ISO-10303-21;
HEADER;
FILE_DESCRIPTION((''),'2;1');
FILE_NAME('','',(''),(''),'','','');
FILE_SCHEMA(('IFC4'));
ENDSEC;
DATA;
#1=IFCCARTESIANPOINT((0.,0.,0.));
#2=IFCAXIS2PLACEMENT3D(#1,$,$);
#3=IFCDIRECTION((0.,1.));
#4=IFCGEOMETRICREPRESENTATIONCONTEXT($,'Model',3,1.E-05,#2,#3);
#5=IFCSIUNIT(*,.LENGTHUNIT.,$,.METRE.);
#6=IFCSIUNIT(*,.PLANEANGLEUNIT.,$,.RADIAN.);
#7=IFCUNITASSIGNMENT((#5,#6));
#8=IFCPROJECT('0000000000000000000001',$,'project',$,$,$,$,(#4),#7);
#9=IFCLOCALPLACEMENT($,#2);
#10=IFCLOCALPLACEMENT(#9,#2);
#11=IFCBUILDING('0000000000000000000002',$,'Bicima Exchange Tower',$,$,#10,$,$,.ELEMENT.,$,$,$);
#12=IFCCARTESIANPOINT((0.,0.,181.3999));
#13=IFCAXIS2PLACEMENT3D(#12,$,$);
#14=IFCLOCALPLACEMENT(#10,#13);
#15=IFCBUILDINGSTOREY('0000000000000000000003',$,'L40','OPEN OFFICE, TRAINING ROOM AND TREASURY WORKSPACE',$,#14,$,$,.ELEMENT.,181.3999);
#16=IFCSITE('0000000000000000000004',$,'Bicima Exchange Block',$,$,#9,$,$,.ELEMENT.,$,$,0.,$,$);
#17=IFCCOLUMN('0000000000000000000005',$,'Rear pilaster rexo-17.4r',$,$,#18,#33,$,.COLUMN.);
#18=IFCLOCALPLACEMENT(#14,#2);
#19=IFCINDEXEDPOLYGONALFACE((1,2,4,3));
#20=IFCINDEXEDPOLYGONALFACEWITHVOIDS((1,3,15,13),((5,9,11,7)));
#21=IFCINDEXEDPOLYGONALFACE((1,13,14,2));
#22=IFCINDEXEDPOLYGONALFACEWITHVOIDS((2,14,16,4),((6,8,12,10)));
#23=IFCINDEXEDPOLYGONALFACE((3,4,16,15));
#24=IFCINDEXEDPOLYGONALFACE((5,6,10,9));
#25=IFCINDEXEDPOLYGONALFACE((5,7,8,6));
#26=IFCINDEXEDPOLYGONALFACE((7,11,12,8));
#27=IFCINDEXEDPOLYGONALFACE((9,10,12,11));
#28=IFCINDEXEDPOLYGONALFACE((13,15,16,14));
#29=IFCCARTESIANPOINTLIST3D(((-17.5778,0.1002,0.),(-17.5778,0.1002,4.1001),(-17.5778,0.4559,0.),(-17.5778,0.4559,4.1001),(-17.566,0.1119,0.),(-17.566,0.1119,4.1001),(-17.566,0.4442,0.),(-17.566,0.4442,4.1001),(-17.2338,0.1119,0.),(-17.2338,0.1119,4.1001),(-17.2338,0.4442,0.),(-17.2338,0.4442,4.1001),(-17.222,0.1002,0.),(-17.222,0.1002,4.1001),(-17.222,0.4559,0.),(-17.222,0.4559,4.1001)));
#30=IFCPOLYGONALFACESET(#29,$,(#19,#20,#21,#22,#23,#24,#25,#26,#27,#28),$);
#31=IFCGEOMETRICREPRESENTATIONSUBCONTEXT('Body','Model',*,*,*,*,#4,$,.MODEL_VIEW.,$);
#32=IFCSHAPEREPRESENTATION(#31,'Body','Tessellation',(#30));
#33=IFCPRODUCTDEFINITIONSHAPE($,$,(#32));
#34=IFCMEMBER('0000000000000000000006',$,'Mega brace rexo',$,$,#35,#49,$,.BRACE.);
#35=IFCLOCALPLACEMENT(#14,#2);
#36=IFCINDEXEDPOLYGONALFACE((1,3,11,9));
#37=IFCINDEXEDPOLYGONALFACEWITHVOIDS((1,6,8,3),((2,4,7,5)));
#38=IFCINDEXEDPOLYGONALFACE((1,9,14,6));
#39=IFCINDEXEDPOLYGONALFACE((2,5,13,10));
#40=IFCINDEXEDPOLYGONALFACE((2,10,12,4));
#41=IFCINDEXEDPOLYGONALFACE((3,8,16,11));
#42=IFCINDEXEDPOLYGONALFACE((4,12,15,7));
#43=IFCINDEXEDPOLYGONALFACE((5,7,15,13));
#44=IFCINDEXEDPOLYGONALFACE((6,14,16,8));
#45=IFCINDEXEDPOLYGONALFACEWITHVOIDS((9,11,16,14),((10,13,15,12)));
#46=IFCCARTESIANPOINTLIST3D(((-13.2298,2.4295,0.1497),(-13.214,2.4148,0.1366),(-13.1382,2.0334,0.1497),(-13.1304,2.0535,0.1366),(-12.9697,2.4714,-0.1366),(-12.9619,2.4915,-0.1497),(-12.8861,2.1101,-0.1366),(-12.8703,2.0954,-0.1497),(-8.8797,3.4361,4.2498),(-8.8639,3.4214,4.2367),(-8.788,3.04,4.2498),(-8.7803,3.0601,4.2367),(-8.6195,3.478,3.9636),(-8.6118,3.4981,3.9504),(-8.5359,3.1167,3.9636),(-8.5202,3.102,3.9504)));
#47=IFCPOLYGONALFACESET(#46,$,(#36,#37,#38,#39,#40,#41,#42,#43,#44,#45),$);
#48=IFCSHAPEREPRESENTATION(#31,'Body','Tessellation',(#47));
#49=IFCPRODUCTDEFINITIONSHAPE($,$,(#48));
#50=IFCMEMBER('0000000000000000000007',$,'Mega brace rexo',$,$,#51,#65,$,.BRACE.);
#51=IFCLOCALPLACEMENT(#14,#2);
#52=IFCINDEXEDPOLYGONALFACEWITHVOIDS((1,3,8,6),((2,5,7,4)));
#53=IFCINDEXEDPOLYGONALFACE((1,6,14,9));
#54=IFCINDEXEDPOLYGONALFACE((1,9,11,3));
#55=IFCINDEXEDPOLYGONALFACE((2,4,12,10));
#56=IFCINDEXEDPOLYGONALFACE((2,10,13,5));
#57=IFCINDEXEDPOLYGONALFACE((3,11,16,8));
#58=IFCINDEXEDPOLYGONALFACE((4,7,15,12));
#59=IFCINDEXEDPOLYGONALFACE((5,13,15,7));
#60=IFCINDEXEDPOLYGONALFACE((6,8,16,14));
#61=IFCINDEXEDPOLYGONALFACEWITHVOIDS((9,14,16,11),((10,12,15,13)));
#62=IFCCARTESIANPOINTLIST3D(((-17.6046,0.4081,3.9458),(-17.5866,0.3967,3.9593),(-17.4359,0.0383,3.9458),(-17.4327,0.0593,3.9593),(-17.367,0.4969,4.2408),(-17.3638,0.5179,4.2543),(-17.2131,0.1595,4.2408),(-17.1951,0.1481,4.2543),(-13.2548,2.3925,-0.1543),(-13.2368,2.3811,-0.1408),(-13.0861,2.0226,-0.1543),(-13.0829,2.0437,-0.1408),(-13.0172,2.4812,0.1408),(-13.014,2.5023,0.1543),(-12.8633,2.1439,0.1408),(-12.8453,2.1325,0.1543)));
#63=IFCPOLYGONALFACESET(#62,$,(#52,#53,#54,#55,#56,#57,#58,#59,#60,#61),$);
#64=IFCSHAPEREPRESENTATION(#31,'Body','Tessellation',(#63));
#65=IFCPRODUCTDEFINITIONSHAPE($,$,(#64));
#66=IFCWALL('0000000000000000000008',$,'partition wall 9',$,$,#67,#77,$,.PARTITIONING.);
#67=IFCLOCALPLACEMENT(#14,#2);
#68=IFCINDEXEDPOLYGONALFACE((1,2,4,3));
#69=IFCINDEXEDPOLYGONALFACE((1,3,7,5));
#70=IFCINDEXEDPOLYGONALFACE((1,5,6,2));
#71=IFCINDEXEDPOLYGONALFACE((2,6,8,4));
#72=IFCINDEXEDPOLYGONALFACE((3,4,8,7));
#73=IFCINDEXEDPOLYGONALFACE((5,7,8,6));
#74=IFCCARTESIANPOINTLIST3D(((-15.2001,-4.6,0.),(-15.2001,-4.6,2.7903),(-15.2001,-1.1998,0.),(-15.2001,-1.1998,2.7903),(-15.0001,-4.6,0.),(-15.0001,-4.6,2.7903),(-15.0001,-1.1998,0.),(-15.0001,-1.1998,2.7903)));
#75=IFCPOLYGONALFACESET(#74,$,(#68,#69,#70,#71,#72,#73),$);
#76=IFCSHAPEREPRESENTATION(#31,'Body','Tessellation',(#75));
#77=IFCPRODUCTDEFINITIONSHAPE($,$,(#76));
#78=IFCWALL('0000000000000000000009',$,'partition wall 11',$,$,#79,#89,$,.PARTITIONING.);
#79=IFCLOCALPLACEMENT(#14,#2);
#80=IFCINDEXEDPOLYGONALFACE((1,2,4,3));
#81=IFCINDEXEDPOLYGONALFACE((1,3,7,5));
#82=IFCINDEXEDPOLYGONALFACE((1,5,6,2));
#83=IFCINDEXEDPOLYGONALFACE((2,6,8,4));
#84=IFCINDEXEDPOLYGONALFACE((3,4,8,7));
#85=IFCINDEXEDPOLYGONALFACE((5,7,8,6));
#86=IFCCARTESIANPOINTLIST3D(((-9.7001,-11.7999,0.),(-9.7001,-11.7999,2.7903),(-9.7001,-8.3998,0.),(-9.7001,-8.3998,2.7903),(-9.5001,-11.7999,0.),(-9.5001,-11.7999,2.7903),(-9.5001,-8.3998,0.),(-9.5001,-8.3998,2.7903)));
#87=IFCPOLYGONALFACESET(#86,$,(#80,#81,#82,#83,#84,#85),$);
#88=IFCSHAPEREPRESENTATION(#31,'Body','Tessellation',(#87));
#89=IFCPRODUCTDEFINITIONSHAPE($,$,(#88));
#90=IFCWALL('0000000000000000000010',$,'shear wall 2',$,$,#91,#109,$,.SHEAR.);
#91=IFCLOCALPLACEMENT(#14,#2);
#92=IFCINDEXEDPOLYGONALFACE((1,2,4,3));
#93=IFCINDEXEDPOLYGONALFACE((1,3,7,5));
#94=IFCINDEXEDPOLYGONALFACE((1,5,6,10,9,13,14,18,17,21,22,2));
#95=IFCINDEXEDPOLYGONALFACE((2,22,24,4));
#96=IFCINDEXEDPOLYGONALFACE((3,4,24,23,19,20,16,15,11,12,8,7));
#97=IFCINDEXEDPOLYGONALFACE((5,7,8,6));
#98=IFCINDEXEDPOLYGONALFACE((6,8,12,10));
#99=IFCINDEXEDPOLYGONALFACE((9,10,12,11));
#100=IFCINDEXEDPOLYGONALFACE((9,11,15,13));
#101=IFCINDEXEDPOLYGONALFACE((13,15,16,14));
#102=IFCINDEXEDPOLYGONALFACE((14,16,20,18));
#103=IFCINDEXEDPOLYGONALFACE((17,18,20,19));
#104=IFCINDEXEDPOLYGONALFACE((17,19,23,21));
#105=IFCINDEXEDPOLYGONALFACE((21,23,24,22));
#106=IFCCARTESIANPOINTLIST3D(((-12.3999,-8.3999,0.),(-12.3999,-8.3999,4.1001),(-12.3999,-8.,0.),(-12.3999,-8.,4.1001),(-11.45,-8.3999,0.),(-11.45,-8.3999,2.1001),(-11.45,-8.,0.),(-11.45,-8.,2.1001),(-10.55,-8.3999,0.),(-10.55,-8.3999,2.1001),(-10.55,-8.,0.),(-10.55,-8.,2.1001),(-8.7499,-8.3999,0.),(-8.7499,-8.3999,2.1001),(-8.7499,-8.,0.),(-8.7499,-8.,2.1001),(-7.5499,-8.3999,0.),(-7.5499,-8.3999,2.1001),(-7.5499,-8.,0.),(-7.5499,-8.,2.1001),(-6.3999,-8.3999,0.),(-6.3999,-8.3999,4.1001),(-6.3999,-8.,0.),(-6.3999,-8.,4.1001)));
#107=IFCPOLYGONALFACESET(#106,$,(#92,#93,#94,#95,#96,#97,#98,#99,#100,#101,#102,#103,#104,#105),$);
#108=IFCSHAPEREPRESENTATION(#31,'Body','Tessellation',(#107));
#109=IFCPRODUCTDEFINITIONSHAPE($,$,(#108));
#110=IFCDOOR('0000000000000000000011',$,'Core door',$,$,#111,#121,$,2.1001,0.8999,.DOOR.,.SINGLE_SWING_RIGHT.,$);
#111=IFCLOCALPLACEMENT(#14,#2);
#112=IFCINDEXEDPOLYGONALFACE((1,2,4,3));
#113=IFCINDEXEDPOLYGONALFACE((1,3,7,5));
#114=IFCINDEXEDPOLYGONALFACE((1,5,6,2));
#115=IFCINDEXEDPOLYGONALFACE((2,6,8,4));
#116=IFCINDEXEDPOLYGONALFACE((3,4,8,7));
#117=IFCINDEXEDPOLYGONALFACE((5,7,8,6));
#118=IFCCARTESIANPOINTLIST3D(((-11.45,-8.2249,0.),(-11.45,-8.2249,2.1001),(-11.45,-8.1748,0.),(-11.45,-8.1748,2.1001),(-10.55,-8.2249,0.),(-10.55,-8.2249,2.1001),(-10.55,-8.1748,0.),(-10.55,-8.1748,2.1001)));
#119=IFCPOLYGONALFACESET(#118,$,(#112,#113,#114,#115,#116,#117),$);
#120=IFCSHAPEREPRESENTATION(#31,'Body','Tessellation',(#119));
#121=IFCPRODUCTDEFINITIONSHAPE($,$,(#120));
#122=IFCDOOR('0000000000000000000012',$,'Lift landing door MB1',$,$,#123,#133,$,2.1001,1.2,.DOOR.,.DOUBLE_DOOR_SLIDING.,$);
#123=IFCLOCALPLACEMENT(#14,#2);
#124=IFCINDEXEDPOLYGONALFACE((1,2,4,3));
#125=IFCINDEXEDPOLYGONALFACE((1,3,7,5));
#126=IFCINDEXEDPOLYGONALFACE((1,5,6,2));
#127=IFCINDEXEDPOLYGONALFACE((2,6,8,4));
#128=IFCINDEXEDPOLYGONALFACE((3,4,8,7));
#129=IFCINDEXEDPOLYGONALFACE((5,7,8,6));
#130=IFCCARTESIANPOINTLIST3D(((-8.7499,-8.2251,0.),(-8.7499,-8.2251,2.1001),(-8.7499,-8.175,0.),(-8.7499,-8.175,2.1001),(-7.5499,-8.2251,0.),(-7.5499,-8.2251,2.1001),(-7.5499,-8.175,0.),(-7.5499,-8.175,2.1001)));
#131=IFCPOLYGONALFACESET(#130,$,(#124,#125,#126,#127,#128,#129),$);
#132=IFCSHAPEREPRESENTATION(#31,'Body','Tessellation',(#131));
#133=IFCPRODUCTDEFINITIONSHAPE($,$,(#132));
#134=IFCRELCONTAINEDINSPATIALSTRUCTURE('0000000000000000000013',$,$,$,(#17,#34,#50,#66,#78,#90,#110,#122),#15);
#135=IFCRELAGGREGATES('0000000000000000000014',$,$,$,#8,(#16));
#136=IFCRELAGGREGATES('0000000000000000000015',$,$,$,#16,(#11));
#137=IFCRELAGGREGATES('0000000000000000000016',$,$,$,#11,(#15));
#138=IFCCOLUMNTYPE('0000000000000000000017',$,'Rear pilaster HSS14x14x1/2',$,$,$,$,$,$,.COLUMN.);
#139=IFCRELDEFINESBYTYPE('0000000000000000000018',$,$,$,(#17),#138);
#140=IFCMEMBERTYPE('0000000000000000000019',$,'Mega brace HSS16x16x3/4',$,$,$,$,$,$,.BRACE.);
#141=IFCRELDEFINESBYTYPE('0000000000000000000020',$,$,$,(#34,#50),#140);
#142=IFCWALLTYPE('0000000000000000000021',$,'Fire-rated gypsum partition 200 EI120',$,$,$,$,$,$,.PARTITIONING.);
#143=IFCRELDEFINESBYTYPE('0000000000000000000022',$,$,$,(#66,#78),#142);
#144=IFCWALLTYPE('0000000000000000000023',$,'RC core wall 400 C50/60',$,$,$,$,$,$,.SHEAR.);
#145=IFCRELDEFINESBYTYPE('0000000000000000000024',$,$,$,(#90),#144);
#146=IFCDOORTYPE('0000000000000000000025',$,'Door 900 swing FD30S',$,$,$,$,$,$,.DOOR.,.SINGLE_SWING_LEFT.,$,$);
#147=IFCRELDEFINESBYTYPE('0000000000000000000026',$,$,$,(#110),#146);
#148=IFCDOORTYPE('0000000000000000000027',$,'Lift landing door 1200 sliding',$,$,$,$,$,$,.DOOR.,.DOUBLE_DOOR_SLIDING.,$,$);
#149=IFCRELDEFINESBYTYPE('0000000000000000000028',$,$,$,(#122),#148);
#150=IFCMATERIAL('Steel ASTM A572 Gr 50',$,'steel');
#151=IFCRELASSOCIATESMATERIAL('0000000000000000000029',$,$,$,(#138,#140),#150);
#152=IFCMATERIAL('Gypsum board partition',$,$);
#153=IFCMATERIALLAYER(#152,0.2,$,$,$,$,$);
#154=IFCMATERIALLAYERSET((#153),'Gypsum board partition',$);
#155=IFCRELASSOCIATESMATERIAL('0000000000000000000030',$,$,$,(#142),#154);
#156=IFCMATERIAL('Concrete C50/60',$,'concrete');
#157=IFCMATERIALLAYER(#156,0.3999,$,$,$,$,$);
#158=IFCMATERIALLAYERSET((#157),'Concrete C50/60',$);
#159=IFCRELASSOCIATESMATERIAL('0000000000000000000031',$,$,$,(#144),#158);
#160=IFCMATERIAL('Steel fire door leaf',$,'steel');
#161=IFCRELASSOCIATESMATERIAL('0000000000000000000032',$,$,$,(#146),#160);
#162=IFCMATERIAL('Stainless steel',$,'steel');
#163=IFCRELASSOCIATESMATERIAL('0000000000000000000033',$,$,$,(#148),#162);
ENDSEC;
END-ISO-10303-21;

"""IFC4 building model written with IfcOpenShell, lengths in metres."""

from ifc_helpers import new_model, si_unit, direction, frame, frame_2d, origin, origin_2d, place, context, subcontext, project, spatial, rectangle, hollow_rectangle, extrude, material, layer, layer_set, material_profile, profile_set, type_object, element, fill, save


model = new_model("IFC4")

# Units and contexts
model_context = context("Model", 3, precision=1e-05, world=origin(), true_north=direction((0.0, 1.0)))
body_context = subcontext(model_context, "Body", "Model", "MODEL_VIEW")
ifc_project = project(units=[si_unit("LENGTHUNIT", "METRE"), si_unit("PLANEANGLEUNIT", "RADIAN")], contexts=[model_context])

# Site, building, storey
site_placement = place(None, origin())
site = spatial("IfcSite", under=ifc_project, at=site_placement, Name="Bicima Exchange Block", CompositionType="ELEMENT", RefElevation=0.0)
building_placement = place(site_placement, origin())
building = spatial("IfcBuilding", under=site, at=building_placement, Name="Bicima Exchange Tower", CompositionType="ELEMENT")
storey_placement = place(building_placement, frame((0.0, 0.0, 181.3999)))
storey = spatial("IfcBuildingStorey", under=building, at=storey_placement, Name="L40", Description="OPEN OFFICE, TRAINING ROOM AND TREASURY WORKSPACE", CompositionType="ELEMENT", Elevation=181.3999)

# Column
ifc_material_1 = material(Name="Steel ASTM A572 Gr 50", Category="steel")
ifc_material_profile_1 = material_profile(ifc_material_1, hollow_rectangle(XDim=0.3557, YDim=0.3557, WallThickness=0.0117, at=origin_2d()))
ifc_profile_set_1 = profile_set([ifc_material_profile_1], Name="Steel ASTM A572 Gr 50")
column_type = type_object("IfcColumnType", Name="Rear pilaster HSS14x14x1/2", PredefinedType="COLUMN", material=ifc_profile_set_1)
column_placement = place(storey_placement, frame((-17.3999, 0.2781, 0.0), z_axis=(0.0, 0.0, 1.0), x_axis=(1.0, 0.0, 0.0)))
element("IfcColumn", 1, at=column_placement, inside=storey, type_object=column_type, Name="Rear pilaster rexo-17.4r", PredefinedType="COLUMN", context=body_context, shape_type="SweptSolid", body=[
    extrude(hollow_rectangle(XDim=0.3557, YDim=0.3557, WallThickness=0.0117, at=origin_2d()), origin(), (0.0, 0.0, 1.0), 4.1001),
])

# Members
ifc_material_profile_2 = material_profile(ifc_material_1, hollow_rectangle(XDim=0.4065, YDim=0.4065, WallThickness=0.0178, at=origin_2d()))
ifc_profile_set_2 = profile_set([ifc_material_profile_2], Name="Steel ASTM A572 Gr 50")
member_type = type_object("IfcMemberType", Name="Mega brace HSS16x16x3/4", PredefinedType="BRACE", material=ifc_profile_set_2)
member_1_placement = place(storey_placement, frame((-13.05, 2.2625, 0.0), z_axis=(0.717606, 0.166051, 0.676365), x_axis=(-0.225439, 0.974257, 0.0)))
element("IfcMember", 2, at=member_1_placement, inside=storey, type_object=member_type, Name="Mega brace rexo", PredefinedType="BRACE", context=body_context, shape_type="SweptSolid", body=[
    extrude(hollow_rectangle(XDim=0.4065, YDim=0.4065, WallThickness=0.0178, at=origin_2d()), origin(), (0.0, 0.0, 1.0), 6.062),
])
member_2_placement = place(storey_placement, frame((-13.05, 2.2625, 0.0), z_axis=(-0.690629, -0.31506, 0.650975), x_axis=(0.415045, -0.909801, 0.0)))
element("IfcMember", 3, at=member_2_placement, inside=storey, type_object=member_type, Name="Mega brace rexo", PredefinedType="BRACE", context=body_context, shape_type="SweptSolid", body=[
    extrude(hollow_rectangle(XDim=0.4065, YDim=0.4065, WallThickness=0.0178, at=origin_2d()), origin(), (0.0, 0.0, 1.0), 6.2983),
])

# Walls
ifc_material_2 = material(Name="Gypsum board partition")
ifc_layer_1 = layer(ifc_material_2, 0.2)
ifc_layer_set_1 = layer_set([ifc_layer_1], Name="Gypsum board partition")
wall_type_1 = type_object("IfcWallType", Name="Fire-rated gypsum partition 200 EI120", PredefinedType="PARTITIONING", material=ifc_layer_set_1)
for number, where, z_axis, x_axis, name in (
    (4, (-15.1001, -4.6001, 0.0), (0.0, 0.0, 1.0), (0.0, 1.0, 0.0), "partition wall 9"),
    (5, (-9.6001, -11.8, 0.0), (0.0, 0.0, 1.0), (0.0, 1.0, 0.0), "partition wall 11"),
):
    element("IfcWall", number, at=place(storey_placement, frame(where, z_axis=z_axis, x_axis=x_axis)), inside=storey, type_object=wall_type_1, Name=name, PredefinedType="PARTITIONING", context=body_context, shape_type="SweptSolid", body=[
        extrude(rectangle(XDim=3.4001, YDim=0.2, at=frame_2d((1.7002, 0.0))), origin(), (0.0, 0.0, 1.0), 2.7903),
    ])

# Wall, openings, doors
ifc_material_3 = material(Name="Concrete C50/60", Category="concrete")
ifc_layer_2 = layer(ifc_material_3, 0.3999)
ifc_layer_set_2 = layer_set([ifc_layer_2], Name="Concrete C50/60")
wall_type_2 = type_object("IfcWallType", Name="RC core wall 400 C50/60", PredefinedType="SHEAR", material=ifc_layer_set_2)
wall_1_placement = place(storey_placement, frame((-12.3999, -8.2, 0.0), z_axis=(0.0, 0.0, 1.0), x_axis=(1.0, 0.0, 0.0)))
wall_1 = element("IfcWall", 6, at=wall_1_placement, inside=storey, type_object=wall_type_2, Name="shear wall 2", PredefinedType="SHEAR", context=body_context, shape_type="SweptSolid", body=[
    extrude(rectangle(XDim=6.0, YDim=0.3999, at=frame_2d((3.0, 0.0))), origin(), (0.0, 0.0, 1.0), 4.1001),
])
opening_1_placement = place(wall_1_placement, frame((3.6499, 0.0, 0.0)))
opening_1 = element("IfcOpeningElement", 7, at=opening_1_placement, cuts=wall_1, PredefinedType="OPENING", context=body_context, shape_type="SweptSolid", body=[
    extrude(rectangle(XDim=1.2, YDim=2.1001, at=frame_2d((0.6001, 1.05))), frame((0.0, 0.2119, 0.0), z_axis=(0.0, -1.0, 0.0), x_axis=(1.0, 0.0, 0.0)), (0.0, 0.0, 1.0), 0.4238),
])
opening_2_placement = place(wall_1_placement, frame((0.95, 0.0, 0.0)))
opening_2 = element("IfcOpeningElement", 8, at=opening_2_placement, cuts=wall_1, PredefinedType="OPENING", context=body_context, shape_type="SweptSolid", body=[
    extrude(rectangle(XDim=0.8999, YDim=2.1001, at=frame_2d((0.45, 1.05))), frame((0.0, 0.2119, 0.0), z_axis=(0.0, -1.0, 0.0), x_axis=(1.0, 0.0, 0.0)), (0.0, 0.0, 1.0), 0.4238),
])
ifc_material_4 = material(Name="Steel fire door leaf", Category="steel")
door_type_1 = type_object("IfcDoorType", Name="Door 900 swing FD30S", OperationType="SINGLE_SWING_LEFT", PredefinedType="DOOR", material=ifc_material_4)
door_1_placement = place(opening_2_placement, frame((0.8999, 0.0, 0.0), z_axis=(0.0, 0.0, 1.0), x_axis=(-1.0, 0.0, 0.0)))
door_1 = element("IfcDoor", 9, at=door_1_placement, inside=storey, type_object=door_type_1, Name="Core door", OperationType="SINGLE_SWING_RIGHT", OverallHeight=2.1001, OverallWidth=0.8999, PredefinedType="DOOR", context=body_context, shape_type="SweptSolid", body=[
    extrude(rectangle(XDim=0.8999, YDim=2.1001, at=frame_2d((0.45, 1.05))), frame((0.0, 0.0249, 0.0), z_axis=(0.0, -1.0, 0.0), x_axis=(1.0, 0.0, 0.0)), (0.0, 0.0, 1.0), 0.05),
])
fill(opening_2, door_1)
ifc_material_5 = material(Name="Stainless steel", Category="steel")
door_type_2 = type_object("IfcDoorType", Name="Lift landing door 1200 sliding", OperationType="DOUBLE_DOOR_SLIDING", PredefinedType="DOOR", material=ifc_material_5)
door_2_placement = place(opening_1_placement, origin())
door_2 = element("IfcDoor", 10, at=door_2_placement, inside=storey, type_object=door_type_2, Name="Lift landing door MB1", OperationType="DOUBLE_DOOR_SLIDING", OverallHeight=2.1001, OverallWidth=1.2, PredefinedType="DOOR", context=body_context, shape_type="SweptSolid", body=[
    extrude(rectangle(XDim=1.2, YDim=2.1001, at=frame_2d((0.6001, 1.05))), frame((0.0, 0.0249, 0.0), z_axis=(0.0, -1.0, 0.0), x_axis=(1.0, 0.0, 0.0)), (0.0, 0.0, 1.0), 0.05),
])
fill(opening_1, door_2)

save(model, "model.ifc")
